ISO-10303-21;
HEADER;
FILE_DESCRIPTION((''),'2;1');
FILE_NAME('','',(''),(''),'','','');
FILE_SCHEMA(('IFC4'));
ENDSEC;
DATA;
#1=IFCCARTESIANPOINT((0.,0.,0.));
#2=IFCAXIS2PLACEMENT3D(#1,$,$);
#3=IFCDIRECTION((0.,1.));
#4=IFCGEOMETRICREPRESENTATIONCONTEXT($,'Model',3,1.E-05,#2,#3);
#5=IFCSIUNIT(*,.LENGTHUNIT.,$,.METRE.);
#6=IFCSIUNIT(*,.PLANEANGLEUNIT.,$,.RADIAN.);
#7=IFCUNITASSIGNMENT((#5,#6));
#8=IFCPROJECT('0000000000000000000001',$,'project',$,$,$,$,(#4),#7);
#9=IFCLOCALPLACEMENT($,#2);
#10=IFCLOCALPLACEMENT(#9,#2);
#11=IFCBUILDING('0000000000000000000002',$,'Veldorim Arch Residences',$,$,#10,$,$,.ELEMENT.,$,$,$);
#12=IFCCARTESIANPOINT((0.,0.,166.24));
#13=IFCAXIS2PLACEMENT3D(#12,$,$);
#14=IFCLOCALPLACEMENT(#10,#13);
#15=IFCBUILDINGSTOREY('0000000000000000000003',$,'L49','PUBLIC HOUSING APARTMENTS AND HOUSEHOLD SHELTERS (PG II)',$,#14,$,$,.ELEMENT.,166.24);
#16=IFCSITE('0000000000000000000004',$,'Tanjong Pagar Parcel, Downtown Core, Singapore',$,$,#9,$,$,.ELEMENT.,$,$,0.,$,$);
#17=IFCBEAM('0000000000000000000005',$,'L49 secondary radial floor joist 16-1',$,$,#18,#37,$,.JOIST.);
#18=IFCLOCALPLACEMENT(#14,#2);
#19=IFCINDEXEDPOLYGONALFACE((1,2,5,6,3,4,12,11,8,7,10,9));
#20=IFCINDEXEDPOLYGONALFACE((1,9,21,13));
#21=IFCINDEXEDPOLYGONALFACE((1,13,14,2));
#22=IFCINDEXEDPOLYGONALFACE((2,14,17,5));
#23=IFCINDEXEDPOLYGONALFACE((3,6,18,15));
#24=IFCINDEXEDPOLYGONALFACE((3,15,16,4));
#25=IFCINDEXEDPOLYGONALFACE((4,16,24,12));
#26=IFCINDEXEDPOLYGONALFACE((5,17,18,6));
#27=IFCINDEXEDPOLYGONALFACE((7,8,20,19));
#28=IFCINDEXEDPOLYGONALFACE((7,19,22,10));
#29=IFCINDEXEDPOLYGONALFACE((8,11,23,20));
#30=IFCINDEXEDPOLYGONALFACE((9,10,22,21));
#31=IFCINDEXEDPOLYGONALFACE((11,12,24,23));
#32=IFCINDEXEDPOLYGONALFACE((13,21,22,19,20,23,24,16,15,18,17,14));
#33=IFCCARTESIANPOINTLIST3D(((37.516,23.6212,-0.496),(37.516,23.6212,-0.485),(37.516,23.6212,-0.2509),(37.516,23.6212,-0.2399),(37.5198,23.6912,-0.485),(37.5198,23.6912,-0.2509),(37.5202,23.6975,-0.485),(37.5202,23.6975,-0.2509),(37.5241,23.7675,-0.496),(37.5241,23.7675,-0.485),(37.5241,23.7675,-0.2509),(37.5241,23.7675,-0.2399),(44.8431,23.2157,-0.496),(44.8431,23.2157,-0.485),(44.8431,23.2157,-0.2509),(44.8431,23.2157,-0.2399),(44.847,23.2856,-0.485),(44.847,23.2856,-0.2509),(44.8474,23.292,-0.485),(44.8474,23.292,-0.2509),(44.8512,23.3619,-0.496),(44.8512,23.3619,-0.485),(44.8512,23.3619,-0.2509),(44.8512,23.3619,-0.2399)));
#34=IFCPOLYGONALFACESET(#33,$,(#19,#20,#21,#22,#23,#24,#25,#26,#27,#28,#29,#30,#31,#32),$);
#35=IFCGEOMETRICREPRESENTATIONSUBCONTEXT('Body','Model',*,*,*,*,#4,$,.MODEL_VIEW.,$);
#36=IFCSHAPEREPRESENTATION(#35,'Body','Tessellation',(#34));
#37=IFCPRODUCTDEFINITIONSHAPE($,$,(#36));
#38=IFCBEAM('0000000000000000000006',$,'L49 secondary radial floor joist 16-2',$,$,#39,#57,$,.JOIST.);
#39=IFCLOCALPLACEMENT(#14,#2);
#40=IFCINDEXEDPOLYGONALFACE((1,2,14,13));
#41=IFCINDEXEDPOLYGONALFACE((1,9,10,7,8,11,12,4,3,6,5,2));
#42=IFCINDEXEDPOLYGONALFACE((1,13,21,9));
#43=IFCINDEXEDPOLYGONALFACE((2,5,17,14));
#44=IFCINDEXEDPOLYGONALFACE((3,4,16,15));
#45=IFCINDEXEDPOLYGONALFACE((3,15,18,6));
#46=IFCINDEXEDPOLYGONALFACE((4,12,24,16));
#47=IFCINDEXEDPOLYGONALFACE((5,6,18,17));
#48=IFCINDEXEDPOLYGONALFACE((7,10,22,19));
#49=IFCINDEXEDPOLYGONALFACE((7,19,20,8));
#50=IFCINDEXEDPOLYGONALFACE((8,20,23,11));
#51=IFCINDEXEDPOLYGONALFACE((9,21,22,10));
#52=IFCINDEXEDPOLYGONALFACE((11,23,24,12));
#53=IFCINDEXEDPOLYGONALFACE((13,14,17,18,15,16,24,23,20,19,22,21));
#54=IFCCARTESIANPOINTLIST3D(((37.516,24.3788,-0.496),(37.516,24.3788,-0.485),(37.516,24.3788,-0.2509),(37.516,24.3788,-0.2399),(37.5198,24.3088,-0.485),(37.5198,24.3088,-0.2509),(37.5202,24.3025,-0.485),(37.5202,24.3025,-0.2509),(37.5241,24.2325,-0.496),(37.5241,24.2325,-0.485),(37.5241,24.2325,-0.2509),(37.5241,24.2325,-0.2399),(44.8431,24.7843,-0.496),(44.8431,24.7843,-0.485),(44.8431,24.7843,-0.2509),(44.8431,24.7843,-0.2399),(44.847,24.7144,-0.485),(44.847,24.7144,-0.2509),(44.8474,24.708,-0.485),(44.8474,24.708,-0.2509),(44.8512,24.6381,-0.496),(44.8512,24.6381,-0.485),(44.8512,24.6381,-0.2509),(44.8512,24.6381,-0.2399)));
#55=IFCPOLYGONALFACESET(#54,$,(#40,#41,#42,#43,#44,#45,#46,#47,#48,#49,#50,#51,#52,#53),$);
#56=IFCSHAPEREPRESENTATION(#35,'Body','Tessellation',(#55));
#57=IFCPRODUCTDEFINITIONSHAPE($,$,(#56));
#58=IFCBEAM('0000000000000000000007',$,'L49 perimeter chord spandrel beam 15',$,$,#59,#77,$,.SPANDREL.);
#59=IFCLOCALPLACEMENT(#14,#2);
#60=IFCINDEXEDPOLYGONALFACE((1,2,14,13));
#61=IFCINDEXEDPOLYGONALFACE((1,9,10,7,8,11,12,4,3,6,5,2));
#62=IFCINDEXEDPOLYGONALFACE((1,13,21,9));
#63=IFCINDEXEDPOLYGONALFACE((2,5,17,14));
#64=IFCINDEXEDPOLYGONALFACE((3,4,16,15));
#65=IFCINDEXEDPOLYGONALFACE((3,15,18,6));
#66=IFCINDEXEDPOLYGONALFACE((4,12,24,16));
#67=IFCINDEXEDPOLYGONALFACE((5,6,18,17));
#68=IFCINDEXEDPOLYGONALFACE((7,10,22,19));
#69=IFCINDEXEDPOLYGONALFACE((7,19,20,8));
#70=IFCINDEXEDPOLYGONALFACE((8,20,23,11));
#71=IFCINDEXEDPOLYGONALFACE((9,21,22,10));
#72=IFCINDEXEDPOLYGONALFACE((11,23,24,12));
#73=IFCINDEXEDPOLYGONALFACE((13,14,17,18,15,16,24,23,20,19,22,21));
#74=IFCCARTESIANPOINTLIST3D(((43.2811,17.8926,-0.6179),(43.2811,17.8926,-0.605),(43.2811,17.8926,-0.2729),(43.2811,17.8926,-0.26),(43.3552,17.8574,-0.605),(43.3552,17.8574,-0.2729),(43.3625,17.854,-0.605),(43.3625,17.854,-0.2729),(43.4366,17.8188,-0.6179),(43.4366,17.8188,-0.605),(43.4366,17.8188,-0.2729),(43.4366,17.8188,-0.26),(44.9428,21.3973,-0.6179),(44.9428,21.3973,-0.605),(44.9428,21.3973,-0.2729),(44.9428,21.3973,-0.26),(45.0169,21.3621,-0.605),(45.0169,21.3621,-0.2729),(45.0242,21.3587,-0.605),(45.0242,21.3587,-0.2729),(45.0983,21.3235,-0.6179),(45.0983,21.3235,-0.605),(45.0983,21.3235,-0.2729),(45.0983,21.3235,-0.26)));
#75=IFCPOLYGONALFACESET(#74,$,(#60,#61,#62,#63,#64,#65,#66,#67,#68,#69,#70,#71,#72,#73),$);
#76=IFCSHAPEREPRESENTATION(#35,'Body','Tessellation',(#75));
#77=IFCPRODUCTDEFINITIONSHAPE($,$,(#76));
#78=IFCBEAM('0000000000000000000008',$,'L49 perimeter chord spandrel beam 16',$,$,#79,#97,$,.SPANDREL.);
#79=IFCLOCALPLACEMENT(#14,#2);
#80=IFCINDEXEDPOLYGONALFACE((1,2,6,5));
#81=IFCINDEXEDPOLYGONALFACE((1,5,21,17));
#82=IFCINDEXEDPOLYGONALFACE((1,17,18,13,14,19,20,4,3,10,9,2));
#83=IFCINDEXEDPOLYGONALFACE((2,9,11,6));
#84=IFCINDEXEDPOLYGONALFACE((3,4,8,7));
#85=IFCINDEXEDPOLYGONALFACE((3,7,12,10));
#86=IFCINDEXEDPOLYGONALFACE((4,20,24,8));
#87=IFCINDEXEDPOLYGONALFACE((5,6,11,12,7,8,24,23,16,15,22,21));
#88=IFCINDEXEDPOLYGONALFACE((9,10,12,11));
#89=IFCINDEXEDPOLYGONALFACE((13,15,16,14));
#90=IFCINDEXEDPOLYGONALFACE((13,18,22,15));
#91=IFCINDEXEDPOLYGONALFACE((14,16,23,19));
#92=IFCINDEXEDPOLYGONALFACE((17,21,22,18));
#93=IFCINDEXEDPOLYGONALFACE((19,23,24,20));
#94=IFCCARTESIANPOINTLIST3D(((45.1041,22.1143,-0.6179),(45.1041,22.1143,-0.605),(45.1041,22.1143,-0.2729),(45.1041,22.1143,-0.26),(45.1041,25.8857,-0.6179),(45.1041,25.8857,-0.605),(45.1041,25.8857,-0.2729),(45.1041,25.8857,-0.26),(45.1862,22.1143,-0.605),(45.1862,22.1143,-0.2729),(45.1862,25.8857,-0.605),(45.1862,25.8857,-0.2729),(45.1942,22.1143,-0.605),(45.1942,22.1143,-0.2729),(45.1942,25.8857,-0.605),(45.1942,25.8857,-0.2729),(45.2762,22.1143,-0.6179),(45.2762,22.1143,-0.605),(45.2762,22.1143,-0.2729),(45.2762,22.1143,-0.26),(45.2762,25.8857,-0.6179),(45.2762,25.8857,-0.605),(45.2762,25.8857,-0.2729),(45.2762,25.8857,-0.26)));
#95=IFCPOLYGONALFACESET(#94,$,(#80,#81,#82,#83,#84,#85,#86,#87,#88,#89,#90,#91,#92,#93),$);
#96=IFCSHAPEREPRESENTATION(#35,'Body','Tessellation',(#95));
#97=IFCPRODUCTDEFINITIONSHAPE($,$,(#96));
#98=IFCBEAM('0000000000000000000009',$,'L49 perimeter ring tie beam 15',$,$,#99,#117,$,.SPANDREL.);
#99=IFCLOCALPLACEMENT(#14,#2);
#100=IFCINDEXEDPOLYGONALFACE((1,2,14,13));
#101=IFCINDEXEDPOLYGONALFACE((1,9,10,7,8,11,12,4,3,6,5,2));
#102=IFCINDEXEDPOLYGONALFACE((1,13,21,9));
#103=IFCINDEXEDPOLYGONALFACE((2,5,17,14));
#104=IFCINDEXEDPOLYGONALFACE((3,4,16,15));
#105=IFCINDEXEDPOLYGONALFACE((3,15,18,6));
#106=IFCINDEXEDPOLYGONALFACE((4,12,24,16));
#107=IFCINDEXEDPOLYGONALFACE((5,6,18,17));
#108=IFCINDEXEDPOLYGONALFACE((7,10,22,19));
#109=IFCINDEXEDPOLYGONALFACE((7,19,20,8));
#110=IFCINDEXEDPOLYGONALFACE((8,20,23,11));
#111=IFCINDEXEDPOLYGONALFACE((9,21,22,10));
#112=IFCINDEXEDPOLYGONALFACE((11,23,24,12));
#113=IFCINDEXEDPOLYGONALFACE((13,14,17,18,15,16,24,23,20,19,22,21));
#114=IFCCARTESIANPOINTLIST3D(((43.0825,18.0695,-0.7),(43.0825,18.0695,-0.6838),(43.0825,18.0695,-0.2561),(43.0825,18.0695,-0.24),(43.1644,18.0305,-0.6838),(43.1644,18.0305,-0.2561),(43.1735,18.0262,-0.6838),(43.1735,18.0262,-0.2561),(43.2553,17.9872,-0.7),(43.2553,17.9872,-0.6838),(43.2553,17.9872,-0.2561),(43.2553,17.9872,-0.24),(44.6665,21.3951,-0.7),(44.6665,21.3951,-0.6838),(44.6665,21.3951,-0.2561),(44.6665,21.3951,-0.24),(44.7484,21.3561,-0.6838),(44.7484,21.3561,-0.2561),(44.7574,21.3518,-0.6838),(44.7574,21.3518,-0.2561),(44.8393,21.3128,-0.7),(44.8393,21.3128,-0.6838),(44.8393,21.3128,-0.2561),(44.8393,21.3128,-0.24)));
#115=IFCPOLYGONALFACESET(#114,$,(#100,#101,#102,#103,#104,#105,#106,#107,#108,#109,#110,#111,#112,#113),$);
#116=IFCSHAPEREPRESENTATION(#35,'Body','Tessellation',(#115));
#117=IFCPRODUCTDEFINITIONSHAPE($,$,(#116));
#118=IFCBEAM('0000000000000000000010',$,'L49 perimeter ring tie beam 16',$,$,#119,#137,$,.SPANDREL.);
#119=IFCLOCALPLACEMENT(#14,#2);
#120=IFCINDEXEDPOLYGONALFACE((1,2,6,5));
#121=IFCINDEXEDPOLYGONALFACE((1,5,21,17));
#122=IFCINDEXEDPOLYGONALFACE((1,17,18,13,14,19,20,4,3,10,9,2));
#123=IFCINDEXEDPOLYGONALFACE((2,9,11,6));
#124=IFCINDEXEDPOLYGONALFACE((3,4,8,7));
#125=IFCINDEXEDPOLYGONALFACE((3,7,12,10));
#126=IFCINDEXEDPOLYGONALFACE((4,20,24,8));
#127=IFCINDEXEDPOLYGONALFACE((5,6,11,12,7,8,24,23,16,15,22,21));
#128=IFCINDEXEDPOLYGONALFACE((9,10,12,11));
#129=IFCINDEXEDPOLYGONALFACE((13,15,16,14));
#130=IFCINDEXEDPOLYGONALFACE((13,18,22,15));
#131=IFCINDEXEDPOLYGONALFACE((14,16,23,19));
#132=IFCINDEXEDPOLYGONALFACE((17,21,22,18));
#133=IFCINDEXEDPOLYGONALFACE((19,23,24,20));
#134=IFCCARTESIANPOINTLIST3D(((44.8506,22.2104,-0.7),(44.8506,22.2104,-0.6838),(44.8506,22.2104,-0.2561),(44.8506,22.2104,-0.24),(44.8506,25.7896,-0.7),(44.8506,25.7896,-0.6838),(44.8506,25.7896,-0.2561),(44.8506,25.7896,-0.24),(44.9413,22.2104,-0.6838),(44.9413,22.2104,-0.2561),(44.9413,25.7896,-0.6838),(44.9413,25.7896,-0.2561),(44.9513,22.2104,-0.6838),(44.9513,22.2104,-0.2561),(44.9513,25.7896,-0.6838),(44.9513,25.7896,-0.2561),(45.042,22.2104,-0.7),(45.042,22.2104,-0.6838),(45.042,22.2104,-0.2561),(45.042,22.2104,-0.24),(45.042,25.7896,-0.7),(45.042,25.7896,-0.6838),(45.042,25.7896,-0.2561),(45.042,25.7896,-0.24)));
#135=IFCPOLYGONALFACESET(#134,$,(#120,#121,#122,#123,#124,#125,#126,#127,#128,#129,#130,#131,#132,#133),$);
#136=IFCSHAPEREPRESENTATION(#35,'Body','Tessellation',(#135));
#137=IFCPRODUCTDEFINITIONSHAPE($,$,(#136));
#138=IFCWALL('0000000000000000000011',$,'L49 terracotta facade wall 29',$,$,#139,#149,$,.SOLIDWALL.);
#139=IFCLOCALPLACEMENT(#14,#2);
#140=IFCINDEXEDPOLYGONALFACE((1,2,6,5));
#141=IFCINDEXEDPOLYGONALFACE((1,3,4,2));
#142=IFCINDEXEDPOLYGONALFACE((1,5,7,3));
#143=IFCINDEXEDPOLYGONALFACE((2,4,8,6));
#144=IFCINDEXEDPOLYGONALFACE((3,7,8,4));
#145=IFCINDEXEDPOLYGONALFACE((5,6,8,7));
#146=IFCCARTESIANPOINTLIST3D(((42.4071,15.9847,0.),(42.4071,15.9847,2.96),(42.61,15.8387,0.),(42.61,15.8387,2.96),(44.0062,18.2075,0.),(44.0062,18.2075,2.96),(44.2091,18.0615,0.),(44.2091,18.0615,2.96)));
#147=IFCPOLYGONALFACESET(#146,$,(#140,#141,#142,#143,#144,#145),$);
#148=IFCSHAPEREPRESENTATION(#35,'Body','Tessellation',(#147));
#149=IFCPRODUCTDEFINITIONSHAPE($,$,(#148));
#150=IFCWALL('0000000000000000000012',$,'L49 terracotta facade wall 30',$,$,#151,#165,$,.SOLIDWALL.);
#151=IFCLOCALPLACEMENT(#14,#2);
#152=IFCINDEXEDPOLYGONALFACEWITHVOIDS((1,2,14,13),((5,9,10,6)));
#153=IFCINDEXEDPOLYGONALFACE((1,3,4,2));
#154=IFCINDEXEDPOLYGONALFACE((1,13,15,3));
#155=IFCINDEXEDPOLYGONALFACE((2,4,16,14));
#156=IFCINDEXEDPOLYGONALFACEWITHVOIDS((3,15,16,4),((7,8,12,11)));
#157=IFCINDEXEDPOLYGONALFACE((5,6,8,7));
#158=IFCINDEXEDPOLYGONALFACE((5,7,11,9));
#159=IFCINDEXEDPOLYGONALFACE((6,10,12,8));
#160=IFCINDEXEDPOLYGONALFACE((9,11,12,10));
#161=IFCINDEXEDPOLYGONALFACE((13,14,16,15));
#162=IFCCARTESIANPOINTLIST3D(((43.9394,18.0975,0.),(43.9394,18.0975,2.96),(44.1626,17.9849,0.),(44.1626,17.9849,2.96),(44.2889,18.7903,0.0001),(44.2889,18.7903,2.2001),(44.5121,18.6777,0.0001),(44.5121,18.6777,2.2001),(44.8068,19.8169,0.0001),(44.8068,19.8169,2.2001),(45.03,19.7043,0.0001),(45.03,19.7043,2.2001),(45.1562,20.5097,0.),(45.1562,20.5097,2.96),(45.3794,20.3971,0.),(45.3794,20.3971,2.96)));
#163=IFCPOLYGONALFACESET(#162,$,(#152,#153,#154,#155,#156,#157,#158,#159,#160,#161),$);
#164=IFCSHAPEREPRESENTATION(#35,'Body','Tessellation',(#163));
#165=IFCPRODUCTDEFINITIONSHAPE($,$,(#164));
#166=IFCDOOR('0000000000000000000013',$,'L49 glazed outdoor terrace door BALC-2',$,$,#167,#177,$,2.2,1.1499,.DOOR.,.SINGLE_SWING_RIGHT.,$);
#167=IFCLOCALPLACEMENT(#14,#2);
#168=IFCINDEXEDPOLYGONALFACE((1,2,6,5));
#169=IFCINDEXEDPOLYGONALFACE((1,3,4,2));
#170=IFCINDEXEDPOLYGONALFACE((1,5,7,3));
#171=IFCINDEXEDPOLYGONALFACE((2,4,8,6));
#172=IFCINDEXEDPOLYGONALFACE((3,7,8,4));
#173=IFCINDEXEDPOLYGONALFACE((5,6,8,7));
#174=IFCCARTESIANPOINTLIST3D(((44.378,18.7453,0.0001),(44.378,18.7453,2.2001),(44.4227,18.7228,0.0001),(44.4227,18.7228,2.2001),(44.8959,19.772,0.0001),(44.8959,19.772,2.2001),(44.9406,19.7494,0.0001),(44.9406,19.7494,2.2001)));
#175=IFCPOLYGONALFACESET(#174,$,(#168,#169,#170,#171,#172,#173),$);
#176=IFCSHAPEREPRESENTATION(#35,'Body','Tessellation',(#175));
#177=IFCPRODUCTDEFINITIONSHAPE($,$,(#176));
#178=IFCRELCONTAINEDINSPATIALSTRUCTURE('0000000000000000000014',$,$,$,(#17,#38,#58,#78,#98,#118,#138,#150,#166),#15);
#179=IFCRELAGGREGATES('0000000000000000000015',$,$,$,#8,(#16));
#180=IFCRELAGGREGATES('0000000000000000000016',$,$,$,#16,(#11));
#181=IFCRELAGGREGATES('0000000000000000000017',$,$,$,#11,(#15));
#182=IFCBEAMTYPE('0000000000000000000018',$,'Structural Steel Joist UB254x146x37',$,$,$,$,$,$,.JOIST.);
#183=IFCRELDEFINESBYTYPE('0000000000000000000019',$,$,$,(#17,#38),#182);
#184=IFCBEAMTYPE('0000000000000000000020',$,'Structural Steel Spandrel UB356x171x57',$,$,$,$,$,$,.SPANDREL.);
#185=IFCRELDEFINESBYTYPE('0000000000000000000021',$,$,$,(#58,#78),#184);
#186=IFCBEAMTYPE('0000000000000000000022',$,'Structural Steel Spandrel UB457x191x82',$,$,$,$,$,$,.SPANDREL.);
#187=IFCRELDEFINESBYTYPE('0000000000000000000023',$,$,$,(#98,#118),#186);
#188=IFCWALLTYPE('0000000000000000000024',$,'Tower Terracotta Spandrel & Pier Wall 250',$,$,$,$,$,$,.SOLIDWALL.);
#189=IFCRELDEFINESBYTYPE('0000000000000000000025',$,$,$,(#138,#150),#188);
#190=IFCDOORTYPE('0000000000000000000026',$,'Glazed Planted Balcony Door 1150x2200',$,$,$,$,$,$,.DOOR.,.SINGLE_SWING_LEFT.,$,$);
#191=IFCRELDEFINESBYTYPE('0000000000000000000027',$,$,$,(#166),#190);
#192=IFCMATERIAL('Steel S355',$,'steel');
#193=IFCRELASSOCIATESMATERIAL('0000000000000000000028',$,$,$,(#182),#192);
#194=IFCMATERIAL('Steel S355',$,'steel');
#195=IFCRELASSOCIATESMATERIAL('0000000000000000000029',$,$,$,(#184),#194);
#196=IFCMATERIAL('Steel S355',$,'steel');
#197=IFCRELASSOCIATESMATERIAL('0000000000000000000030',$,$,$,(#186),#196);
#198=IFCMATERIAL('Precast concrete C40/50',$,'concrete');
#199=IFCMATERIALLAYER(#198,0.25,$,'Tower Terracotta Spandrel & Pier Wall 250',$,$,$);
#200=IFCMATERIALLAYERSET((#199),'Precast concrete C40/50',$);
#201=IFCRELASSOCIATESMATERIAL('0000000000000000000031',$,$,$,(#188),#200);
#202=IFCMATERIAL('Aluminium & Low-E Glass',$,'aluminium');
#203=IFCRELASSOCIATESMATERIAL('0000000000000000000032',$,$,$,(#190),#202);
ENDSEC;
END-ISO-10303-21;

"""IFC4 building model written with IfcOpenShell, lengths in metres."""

from ifc_helpers import new_model, si_unit, direction, frame, frame_2d, origin, origin_2d, place, context, subcontext, project, spatial, rectangle, i_section, extrude, material, layer, layer_set, material_profile, profile_set, type_object, element, fill, save


model = new_model("IFC4")

# Units and contexts
model_context = context("Model", 3, precision=1e-05, world=origin(), true_north=direction((0.0, 1.0)))
body_context = subcontext(model_context, "Body", "Model", "MODEL_VIEW")
ifc_project = project(units=[si_unit("LENGTHUNIT", "METRE"), si_unit("PLANEANGLEUNIT", "RADIAN")], contexts=[model_context])

# Site, building, storey
site_placement = place(None, origin())
site = spatial("IfcSite", under=ifc_project, at=site_placement, Name="Tanjong Pagar Parcel, Downtown Core, Singapore", CompositionType="ELEMENT", RefElevation=0.0)
building_placement = place(site_placement, origin())
building = spatial("IfcBuilding", under=site, at=building_placement, Name="Veldorim Arch Residences", CompositionType="ELEMENT")
storey_placement = place(building_placement, frame((0.0, 0.0, 166.24)))
storey = spatial("IfcBuildingStorey", under=building, at=storey_placement, Name="L49", Description="PUBLIC HOUSING APARTMENTS AND HOUSEHOLD SHELTERS (PG II)", CompositionType="ELEMENT", Elevation=166.24)

# Beams
ifc_material_1 = material(Name="Steel S355", Category="steel")
ifc_material_profile_1 = material_profile(ifc_material_1, i_section(OverallWidth=0.1465, OverallDepth=0.2561, WebThickness=0.0063, FlangeThickness=0.011, at=origin_2d()), Name="UB254x146x37")
ifc_profile_set_1 = profile_set([ifc_material_profile_1], Name="Steel S355")
beam_type_1 = type_object("IfcBeamType", Name="Structural Steel Joist UB254x146x37", PredefinedType="JOIST", material=ifc_profile_set_1)
for number, where, z_axis, x_axis, name in (
    (1, (37.52, 23.6943, -0.3679), (0.998472, -0.05526, 0.0), (0.05526, 0.998472, 0.0), "L49 secondary radial floor joist 16-1"),
    (2, (37.52, 24.3057, -0.3679), (0.998472, 0.05526, 0.0), (-0.05526, 0.998472, 0.0), "L49 secondary radial floor joist 16-2"),
):
    element("IfcBeam", number, at=place(storey_placement, frame(where, z_axis=z_axis, x_axis=x_axis)), inside=storey, type_object=beam_type_1, Name=name, PredefinedType="JOIST", context=body_context, shape_type="SweptSolid", body=[
        extrude(i_section(OverallWidth=0.1465, OverallDepth=0.2561, WebThickness=0.0063, FlangeThickness=0.011, at=origin_2d()), origin(), (0.0, 0.0, 1.0), 7.3384),
    ])
ifc_material_2 = material(Name="Steel S355", Category="steel")
ifc_material_profile_2 = material_profile(ifc_material_2, i_section(OverallWidth=0.1721, OverallDepth=0.3579, WebThickness=0.0081, FlangeThickness=0.0129, at=origin_2d()), Name="UB356x171x57")
ifc_profile_set_2 = profile_set([ifc_material_profile_2], Name="Steel S355")
beam_type_2 = type_object("IfcBeamType", Name="Structural Steel Spandrel UB356x171x57", PredefinedType="SPANDREL", material=ifc_profile_set_2)
beam_1_placement = place(storey_placement, frame((43.3589, 17.8557, -0.439), z_axis=(0.428408, 0.903585, 0.0), x_axis=(-0.903585, 0.428408, 0.0)))
element("IfcBeam", 3, at=beam_1_placement, inside=storey, type_object=beam_type_2, Name="L49 perimeter chord spandrel beam 15", PredefinedType="SPANDREL", context=body_context, shape_type="SweptSolid", body=[
    extrude(i_section(OverallWidth=0.1721, OverallDepth=0.3579, WebThickness=0.0081, FlangeThickness=0.0129, at=origin_2d()), origin(), (0.0, 0.0, 1.0), 3.8787),
])
beam_2_placement = place(storey_placement, frame((45.1902, 22.1143, -0.439), z_axis=(0.0, 1.0, 0.0), x_axis=(-1.0, 0.0, 0.0)))
element("IfcBeam", 4, at=beam_2_placement, inside=storey, type_object=beam_type_2, Name="L49 perimeter chord spandrel beam 16", PredefinedType="SPANDREL", context=body_context, shape_type="SweptSolid", body=[
    extrude(i_section(OverallWidth=0.1721, OverallDepth=0.3579, WebThickness=0.0081, FlangeThickness=0.0129, at=origin_2d()), origin(), (0.0, 0.0, 1.0), 3.7715),
])
ifc_material_3 = material(Name="Steel S355", Category="steel")
ifc_material_profile_3 = material_profile(ifc_material_3, i_section(OverallWidth=0.1914, OverallDepth=0.46, WebThickness=0.01, FlangeThickness=0.0161, at=origin_2d()), Name="UB457x191x82")
ifc_profile_set_3 = profile_set([ifc_material_profile_3], Name="Steel S355")
beam_type_3 = type_object("IfcBeamType", Name="Structural Steel Spandrel UB457x191x82", PredefinedType="SPANDREL", material=ifc_profile_set_3)
beam_3_placement = place(storey_placement, frame((43.1689, 18.0283, -0.47), z_axis=(0.430006, 0.902826, 0.0), x_axis=(-0.902826, 0.430006, 0.0)))
element("IfcBeam", 5, at=beam_3_placement, inside=storey, type_object=beam_type_3, Name="L49 perimeter ring tie beam 15", PredefinedType="SPANDREL", context=body_context, shape_type="SweptSolid", body=[
    extrude(i_section(OverallWidth=0.1914, OverallDepth=0.46, WebThickness=0.01, FlangeThickness=0.0161, at=origin_2d()), origin(), (0.0, 0.0, 1.0), 3.6836),
])
beam_4_placement = place(storey_placement, frame((44.9463, 22.2104, -0.47), z_axis=(0.0, 1.0, 0.0), x_axis=(-1.0, 0.0, 0.0)))
element("IfcBeam", 6, at=beam_4_placement, inside=storey, type_object=beam_type_3, Name="L49 perimeter ring tie beam 16", PredefinedType="SPANDREL", context=body_context, shape_type="SweptSolid", body=[
    extrude(i_section(OverallWidth=0.1914, OverallDepth=0.46, WebThickness=0.01, FlangeThickness=0.0161, at=origin_2d()), origin(), (0.0, 0.0, 1.0), 3.5791),
])

# Wall
ifc_material_4 = material(Name="Precast concrete C40/50", Category="concrete")
ifc_layer_1 = layer(ifc_material_4, 0.25, Name="Tower Terracotta Spandrel & Pier Wall 250")
ifc_layer_set_1 = layer_set([ifc_layer_1], Name="Precast concrete C40/50")
wall_type_1 = type_object("IfcWallType", Name="Tower Terracotta Spandrel & Pier Wall 250", PredefinedType="SOLIDWALL", material=ifc_layer_set_1)
wall_1_placement = place(storey_placement, frame((44.1077, 18.1345, 0.0), z_axis=(0.0, 0.0, 1.0), x_axis=(-0.583976, -0.811771, 0.0)))
element("IfcWall", 7, at=wall_1_placement, inside=storey, type_object=wall_type_1, Name="L49 terracotta facade wall 29", PredefinedType="SOLIDWALL", context=body_context, shape_type="SweptSolid", body=[
    extrude(rectangle(XDim=2.7383, YDim=0.25, at=frame_2d((1.3691, 0.0))), origin(), (0.0, 0.0, 1.0), 2.96),
])

# Wall, opening, door
wall_2_placement = place(storey_placement, frame((45.2678, 20.4534, 0.0), z_axis=(0.0, 0.0, 1.0), x_axis=(-0.450392, -0.892831, 0.0)))
wall_2 = element("IfcWall", 8, at=wall_2_placement, inside=storey, type_object=wall_type_1, Name="L49 terracotta facade wall 30", PredefinedType="SOLIDWALL", context=body_context, shape_type="SweptSolid", body=[
    extrude(rectangle(XDim=2.7017, YDim=0.25, at=frame_2d((1.3508, 0.0))), origin(), (0.0, 0.0, 1.0), 2.96),
])
opening_1_placement = place(wall_2_placement, frame((0.7759, 0.0, 0.0)))
opening_1 = element("IfcOpeningElement", 9, at=opening_1_placement, cuts=wall_2, PredefinedType="OPENING", context=body_context, shape_type="SweptSolid", body=[
    extrude(rectangle(XDim=1.1499, YDim=2.2, at=frame_2d((0.575, 1.1001))), frame((0.0, 0.135, 0.0), z_axis=(0.0, -1.0, 0.0), x_axis=(1.0, 0.0, 0.0)), (0.0, 0.0, 1.0), 0.27),
])
ifc_material_5 = material(Name="Aluminium & Low-E Glass", Category="aluminium")
door_type_1 = type_object("IfcDoorType", Name="Glazed Planted Balcony Door 1150x2200", OperationType="SINGLE_SWING_LEFT", PredefinedType="DOOR", material=ifc_material_5)
door_1_placement = place(opening_1_placement, origin())
door_1 = element("IfcDoor", 10, at=door_1_placement, inside=storey, type_object=door_type_1, Name="L49 glazed outdoor terrace door BALC-2", OperationType="SINGLE_SWING_RIGHT", OverallHeight=2.2, OverallWidth=1.1499, PredefinedType="DOOR", context=body_context, shape_type="SweptSolid", body=[
    extrude(rectangle(XDim=1.1499, YDim=2.2, at=frame_2d((0.575, 1.1001))), frame((0.0, 0.0249, 0.0), z_axis=(0.0, -1.0, 0.0), x_axis=(1.0, 0.0, 0.0)), (0.0, 0.0, 1.0), 0.05),
])
fill(opening_1, door_1)

save(model, "model.ifc")
